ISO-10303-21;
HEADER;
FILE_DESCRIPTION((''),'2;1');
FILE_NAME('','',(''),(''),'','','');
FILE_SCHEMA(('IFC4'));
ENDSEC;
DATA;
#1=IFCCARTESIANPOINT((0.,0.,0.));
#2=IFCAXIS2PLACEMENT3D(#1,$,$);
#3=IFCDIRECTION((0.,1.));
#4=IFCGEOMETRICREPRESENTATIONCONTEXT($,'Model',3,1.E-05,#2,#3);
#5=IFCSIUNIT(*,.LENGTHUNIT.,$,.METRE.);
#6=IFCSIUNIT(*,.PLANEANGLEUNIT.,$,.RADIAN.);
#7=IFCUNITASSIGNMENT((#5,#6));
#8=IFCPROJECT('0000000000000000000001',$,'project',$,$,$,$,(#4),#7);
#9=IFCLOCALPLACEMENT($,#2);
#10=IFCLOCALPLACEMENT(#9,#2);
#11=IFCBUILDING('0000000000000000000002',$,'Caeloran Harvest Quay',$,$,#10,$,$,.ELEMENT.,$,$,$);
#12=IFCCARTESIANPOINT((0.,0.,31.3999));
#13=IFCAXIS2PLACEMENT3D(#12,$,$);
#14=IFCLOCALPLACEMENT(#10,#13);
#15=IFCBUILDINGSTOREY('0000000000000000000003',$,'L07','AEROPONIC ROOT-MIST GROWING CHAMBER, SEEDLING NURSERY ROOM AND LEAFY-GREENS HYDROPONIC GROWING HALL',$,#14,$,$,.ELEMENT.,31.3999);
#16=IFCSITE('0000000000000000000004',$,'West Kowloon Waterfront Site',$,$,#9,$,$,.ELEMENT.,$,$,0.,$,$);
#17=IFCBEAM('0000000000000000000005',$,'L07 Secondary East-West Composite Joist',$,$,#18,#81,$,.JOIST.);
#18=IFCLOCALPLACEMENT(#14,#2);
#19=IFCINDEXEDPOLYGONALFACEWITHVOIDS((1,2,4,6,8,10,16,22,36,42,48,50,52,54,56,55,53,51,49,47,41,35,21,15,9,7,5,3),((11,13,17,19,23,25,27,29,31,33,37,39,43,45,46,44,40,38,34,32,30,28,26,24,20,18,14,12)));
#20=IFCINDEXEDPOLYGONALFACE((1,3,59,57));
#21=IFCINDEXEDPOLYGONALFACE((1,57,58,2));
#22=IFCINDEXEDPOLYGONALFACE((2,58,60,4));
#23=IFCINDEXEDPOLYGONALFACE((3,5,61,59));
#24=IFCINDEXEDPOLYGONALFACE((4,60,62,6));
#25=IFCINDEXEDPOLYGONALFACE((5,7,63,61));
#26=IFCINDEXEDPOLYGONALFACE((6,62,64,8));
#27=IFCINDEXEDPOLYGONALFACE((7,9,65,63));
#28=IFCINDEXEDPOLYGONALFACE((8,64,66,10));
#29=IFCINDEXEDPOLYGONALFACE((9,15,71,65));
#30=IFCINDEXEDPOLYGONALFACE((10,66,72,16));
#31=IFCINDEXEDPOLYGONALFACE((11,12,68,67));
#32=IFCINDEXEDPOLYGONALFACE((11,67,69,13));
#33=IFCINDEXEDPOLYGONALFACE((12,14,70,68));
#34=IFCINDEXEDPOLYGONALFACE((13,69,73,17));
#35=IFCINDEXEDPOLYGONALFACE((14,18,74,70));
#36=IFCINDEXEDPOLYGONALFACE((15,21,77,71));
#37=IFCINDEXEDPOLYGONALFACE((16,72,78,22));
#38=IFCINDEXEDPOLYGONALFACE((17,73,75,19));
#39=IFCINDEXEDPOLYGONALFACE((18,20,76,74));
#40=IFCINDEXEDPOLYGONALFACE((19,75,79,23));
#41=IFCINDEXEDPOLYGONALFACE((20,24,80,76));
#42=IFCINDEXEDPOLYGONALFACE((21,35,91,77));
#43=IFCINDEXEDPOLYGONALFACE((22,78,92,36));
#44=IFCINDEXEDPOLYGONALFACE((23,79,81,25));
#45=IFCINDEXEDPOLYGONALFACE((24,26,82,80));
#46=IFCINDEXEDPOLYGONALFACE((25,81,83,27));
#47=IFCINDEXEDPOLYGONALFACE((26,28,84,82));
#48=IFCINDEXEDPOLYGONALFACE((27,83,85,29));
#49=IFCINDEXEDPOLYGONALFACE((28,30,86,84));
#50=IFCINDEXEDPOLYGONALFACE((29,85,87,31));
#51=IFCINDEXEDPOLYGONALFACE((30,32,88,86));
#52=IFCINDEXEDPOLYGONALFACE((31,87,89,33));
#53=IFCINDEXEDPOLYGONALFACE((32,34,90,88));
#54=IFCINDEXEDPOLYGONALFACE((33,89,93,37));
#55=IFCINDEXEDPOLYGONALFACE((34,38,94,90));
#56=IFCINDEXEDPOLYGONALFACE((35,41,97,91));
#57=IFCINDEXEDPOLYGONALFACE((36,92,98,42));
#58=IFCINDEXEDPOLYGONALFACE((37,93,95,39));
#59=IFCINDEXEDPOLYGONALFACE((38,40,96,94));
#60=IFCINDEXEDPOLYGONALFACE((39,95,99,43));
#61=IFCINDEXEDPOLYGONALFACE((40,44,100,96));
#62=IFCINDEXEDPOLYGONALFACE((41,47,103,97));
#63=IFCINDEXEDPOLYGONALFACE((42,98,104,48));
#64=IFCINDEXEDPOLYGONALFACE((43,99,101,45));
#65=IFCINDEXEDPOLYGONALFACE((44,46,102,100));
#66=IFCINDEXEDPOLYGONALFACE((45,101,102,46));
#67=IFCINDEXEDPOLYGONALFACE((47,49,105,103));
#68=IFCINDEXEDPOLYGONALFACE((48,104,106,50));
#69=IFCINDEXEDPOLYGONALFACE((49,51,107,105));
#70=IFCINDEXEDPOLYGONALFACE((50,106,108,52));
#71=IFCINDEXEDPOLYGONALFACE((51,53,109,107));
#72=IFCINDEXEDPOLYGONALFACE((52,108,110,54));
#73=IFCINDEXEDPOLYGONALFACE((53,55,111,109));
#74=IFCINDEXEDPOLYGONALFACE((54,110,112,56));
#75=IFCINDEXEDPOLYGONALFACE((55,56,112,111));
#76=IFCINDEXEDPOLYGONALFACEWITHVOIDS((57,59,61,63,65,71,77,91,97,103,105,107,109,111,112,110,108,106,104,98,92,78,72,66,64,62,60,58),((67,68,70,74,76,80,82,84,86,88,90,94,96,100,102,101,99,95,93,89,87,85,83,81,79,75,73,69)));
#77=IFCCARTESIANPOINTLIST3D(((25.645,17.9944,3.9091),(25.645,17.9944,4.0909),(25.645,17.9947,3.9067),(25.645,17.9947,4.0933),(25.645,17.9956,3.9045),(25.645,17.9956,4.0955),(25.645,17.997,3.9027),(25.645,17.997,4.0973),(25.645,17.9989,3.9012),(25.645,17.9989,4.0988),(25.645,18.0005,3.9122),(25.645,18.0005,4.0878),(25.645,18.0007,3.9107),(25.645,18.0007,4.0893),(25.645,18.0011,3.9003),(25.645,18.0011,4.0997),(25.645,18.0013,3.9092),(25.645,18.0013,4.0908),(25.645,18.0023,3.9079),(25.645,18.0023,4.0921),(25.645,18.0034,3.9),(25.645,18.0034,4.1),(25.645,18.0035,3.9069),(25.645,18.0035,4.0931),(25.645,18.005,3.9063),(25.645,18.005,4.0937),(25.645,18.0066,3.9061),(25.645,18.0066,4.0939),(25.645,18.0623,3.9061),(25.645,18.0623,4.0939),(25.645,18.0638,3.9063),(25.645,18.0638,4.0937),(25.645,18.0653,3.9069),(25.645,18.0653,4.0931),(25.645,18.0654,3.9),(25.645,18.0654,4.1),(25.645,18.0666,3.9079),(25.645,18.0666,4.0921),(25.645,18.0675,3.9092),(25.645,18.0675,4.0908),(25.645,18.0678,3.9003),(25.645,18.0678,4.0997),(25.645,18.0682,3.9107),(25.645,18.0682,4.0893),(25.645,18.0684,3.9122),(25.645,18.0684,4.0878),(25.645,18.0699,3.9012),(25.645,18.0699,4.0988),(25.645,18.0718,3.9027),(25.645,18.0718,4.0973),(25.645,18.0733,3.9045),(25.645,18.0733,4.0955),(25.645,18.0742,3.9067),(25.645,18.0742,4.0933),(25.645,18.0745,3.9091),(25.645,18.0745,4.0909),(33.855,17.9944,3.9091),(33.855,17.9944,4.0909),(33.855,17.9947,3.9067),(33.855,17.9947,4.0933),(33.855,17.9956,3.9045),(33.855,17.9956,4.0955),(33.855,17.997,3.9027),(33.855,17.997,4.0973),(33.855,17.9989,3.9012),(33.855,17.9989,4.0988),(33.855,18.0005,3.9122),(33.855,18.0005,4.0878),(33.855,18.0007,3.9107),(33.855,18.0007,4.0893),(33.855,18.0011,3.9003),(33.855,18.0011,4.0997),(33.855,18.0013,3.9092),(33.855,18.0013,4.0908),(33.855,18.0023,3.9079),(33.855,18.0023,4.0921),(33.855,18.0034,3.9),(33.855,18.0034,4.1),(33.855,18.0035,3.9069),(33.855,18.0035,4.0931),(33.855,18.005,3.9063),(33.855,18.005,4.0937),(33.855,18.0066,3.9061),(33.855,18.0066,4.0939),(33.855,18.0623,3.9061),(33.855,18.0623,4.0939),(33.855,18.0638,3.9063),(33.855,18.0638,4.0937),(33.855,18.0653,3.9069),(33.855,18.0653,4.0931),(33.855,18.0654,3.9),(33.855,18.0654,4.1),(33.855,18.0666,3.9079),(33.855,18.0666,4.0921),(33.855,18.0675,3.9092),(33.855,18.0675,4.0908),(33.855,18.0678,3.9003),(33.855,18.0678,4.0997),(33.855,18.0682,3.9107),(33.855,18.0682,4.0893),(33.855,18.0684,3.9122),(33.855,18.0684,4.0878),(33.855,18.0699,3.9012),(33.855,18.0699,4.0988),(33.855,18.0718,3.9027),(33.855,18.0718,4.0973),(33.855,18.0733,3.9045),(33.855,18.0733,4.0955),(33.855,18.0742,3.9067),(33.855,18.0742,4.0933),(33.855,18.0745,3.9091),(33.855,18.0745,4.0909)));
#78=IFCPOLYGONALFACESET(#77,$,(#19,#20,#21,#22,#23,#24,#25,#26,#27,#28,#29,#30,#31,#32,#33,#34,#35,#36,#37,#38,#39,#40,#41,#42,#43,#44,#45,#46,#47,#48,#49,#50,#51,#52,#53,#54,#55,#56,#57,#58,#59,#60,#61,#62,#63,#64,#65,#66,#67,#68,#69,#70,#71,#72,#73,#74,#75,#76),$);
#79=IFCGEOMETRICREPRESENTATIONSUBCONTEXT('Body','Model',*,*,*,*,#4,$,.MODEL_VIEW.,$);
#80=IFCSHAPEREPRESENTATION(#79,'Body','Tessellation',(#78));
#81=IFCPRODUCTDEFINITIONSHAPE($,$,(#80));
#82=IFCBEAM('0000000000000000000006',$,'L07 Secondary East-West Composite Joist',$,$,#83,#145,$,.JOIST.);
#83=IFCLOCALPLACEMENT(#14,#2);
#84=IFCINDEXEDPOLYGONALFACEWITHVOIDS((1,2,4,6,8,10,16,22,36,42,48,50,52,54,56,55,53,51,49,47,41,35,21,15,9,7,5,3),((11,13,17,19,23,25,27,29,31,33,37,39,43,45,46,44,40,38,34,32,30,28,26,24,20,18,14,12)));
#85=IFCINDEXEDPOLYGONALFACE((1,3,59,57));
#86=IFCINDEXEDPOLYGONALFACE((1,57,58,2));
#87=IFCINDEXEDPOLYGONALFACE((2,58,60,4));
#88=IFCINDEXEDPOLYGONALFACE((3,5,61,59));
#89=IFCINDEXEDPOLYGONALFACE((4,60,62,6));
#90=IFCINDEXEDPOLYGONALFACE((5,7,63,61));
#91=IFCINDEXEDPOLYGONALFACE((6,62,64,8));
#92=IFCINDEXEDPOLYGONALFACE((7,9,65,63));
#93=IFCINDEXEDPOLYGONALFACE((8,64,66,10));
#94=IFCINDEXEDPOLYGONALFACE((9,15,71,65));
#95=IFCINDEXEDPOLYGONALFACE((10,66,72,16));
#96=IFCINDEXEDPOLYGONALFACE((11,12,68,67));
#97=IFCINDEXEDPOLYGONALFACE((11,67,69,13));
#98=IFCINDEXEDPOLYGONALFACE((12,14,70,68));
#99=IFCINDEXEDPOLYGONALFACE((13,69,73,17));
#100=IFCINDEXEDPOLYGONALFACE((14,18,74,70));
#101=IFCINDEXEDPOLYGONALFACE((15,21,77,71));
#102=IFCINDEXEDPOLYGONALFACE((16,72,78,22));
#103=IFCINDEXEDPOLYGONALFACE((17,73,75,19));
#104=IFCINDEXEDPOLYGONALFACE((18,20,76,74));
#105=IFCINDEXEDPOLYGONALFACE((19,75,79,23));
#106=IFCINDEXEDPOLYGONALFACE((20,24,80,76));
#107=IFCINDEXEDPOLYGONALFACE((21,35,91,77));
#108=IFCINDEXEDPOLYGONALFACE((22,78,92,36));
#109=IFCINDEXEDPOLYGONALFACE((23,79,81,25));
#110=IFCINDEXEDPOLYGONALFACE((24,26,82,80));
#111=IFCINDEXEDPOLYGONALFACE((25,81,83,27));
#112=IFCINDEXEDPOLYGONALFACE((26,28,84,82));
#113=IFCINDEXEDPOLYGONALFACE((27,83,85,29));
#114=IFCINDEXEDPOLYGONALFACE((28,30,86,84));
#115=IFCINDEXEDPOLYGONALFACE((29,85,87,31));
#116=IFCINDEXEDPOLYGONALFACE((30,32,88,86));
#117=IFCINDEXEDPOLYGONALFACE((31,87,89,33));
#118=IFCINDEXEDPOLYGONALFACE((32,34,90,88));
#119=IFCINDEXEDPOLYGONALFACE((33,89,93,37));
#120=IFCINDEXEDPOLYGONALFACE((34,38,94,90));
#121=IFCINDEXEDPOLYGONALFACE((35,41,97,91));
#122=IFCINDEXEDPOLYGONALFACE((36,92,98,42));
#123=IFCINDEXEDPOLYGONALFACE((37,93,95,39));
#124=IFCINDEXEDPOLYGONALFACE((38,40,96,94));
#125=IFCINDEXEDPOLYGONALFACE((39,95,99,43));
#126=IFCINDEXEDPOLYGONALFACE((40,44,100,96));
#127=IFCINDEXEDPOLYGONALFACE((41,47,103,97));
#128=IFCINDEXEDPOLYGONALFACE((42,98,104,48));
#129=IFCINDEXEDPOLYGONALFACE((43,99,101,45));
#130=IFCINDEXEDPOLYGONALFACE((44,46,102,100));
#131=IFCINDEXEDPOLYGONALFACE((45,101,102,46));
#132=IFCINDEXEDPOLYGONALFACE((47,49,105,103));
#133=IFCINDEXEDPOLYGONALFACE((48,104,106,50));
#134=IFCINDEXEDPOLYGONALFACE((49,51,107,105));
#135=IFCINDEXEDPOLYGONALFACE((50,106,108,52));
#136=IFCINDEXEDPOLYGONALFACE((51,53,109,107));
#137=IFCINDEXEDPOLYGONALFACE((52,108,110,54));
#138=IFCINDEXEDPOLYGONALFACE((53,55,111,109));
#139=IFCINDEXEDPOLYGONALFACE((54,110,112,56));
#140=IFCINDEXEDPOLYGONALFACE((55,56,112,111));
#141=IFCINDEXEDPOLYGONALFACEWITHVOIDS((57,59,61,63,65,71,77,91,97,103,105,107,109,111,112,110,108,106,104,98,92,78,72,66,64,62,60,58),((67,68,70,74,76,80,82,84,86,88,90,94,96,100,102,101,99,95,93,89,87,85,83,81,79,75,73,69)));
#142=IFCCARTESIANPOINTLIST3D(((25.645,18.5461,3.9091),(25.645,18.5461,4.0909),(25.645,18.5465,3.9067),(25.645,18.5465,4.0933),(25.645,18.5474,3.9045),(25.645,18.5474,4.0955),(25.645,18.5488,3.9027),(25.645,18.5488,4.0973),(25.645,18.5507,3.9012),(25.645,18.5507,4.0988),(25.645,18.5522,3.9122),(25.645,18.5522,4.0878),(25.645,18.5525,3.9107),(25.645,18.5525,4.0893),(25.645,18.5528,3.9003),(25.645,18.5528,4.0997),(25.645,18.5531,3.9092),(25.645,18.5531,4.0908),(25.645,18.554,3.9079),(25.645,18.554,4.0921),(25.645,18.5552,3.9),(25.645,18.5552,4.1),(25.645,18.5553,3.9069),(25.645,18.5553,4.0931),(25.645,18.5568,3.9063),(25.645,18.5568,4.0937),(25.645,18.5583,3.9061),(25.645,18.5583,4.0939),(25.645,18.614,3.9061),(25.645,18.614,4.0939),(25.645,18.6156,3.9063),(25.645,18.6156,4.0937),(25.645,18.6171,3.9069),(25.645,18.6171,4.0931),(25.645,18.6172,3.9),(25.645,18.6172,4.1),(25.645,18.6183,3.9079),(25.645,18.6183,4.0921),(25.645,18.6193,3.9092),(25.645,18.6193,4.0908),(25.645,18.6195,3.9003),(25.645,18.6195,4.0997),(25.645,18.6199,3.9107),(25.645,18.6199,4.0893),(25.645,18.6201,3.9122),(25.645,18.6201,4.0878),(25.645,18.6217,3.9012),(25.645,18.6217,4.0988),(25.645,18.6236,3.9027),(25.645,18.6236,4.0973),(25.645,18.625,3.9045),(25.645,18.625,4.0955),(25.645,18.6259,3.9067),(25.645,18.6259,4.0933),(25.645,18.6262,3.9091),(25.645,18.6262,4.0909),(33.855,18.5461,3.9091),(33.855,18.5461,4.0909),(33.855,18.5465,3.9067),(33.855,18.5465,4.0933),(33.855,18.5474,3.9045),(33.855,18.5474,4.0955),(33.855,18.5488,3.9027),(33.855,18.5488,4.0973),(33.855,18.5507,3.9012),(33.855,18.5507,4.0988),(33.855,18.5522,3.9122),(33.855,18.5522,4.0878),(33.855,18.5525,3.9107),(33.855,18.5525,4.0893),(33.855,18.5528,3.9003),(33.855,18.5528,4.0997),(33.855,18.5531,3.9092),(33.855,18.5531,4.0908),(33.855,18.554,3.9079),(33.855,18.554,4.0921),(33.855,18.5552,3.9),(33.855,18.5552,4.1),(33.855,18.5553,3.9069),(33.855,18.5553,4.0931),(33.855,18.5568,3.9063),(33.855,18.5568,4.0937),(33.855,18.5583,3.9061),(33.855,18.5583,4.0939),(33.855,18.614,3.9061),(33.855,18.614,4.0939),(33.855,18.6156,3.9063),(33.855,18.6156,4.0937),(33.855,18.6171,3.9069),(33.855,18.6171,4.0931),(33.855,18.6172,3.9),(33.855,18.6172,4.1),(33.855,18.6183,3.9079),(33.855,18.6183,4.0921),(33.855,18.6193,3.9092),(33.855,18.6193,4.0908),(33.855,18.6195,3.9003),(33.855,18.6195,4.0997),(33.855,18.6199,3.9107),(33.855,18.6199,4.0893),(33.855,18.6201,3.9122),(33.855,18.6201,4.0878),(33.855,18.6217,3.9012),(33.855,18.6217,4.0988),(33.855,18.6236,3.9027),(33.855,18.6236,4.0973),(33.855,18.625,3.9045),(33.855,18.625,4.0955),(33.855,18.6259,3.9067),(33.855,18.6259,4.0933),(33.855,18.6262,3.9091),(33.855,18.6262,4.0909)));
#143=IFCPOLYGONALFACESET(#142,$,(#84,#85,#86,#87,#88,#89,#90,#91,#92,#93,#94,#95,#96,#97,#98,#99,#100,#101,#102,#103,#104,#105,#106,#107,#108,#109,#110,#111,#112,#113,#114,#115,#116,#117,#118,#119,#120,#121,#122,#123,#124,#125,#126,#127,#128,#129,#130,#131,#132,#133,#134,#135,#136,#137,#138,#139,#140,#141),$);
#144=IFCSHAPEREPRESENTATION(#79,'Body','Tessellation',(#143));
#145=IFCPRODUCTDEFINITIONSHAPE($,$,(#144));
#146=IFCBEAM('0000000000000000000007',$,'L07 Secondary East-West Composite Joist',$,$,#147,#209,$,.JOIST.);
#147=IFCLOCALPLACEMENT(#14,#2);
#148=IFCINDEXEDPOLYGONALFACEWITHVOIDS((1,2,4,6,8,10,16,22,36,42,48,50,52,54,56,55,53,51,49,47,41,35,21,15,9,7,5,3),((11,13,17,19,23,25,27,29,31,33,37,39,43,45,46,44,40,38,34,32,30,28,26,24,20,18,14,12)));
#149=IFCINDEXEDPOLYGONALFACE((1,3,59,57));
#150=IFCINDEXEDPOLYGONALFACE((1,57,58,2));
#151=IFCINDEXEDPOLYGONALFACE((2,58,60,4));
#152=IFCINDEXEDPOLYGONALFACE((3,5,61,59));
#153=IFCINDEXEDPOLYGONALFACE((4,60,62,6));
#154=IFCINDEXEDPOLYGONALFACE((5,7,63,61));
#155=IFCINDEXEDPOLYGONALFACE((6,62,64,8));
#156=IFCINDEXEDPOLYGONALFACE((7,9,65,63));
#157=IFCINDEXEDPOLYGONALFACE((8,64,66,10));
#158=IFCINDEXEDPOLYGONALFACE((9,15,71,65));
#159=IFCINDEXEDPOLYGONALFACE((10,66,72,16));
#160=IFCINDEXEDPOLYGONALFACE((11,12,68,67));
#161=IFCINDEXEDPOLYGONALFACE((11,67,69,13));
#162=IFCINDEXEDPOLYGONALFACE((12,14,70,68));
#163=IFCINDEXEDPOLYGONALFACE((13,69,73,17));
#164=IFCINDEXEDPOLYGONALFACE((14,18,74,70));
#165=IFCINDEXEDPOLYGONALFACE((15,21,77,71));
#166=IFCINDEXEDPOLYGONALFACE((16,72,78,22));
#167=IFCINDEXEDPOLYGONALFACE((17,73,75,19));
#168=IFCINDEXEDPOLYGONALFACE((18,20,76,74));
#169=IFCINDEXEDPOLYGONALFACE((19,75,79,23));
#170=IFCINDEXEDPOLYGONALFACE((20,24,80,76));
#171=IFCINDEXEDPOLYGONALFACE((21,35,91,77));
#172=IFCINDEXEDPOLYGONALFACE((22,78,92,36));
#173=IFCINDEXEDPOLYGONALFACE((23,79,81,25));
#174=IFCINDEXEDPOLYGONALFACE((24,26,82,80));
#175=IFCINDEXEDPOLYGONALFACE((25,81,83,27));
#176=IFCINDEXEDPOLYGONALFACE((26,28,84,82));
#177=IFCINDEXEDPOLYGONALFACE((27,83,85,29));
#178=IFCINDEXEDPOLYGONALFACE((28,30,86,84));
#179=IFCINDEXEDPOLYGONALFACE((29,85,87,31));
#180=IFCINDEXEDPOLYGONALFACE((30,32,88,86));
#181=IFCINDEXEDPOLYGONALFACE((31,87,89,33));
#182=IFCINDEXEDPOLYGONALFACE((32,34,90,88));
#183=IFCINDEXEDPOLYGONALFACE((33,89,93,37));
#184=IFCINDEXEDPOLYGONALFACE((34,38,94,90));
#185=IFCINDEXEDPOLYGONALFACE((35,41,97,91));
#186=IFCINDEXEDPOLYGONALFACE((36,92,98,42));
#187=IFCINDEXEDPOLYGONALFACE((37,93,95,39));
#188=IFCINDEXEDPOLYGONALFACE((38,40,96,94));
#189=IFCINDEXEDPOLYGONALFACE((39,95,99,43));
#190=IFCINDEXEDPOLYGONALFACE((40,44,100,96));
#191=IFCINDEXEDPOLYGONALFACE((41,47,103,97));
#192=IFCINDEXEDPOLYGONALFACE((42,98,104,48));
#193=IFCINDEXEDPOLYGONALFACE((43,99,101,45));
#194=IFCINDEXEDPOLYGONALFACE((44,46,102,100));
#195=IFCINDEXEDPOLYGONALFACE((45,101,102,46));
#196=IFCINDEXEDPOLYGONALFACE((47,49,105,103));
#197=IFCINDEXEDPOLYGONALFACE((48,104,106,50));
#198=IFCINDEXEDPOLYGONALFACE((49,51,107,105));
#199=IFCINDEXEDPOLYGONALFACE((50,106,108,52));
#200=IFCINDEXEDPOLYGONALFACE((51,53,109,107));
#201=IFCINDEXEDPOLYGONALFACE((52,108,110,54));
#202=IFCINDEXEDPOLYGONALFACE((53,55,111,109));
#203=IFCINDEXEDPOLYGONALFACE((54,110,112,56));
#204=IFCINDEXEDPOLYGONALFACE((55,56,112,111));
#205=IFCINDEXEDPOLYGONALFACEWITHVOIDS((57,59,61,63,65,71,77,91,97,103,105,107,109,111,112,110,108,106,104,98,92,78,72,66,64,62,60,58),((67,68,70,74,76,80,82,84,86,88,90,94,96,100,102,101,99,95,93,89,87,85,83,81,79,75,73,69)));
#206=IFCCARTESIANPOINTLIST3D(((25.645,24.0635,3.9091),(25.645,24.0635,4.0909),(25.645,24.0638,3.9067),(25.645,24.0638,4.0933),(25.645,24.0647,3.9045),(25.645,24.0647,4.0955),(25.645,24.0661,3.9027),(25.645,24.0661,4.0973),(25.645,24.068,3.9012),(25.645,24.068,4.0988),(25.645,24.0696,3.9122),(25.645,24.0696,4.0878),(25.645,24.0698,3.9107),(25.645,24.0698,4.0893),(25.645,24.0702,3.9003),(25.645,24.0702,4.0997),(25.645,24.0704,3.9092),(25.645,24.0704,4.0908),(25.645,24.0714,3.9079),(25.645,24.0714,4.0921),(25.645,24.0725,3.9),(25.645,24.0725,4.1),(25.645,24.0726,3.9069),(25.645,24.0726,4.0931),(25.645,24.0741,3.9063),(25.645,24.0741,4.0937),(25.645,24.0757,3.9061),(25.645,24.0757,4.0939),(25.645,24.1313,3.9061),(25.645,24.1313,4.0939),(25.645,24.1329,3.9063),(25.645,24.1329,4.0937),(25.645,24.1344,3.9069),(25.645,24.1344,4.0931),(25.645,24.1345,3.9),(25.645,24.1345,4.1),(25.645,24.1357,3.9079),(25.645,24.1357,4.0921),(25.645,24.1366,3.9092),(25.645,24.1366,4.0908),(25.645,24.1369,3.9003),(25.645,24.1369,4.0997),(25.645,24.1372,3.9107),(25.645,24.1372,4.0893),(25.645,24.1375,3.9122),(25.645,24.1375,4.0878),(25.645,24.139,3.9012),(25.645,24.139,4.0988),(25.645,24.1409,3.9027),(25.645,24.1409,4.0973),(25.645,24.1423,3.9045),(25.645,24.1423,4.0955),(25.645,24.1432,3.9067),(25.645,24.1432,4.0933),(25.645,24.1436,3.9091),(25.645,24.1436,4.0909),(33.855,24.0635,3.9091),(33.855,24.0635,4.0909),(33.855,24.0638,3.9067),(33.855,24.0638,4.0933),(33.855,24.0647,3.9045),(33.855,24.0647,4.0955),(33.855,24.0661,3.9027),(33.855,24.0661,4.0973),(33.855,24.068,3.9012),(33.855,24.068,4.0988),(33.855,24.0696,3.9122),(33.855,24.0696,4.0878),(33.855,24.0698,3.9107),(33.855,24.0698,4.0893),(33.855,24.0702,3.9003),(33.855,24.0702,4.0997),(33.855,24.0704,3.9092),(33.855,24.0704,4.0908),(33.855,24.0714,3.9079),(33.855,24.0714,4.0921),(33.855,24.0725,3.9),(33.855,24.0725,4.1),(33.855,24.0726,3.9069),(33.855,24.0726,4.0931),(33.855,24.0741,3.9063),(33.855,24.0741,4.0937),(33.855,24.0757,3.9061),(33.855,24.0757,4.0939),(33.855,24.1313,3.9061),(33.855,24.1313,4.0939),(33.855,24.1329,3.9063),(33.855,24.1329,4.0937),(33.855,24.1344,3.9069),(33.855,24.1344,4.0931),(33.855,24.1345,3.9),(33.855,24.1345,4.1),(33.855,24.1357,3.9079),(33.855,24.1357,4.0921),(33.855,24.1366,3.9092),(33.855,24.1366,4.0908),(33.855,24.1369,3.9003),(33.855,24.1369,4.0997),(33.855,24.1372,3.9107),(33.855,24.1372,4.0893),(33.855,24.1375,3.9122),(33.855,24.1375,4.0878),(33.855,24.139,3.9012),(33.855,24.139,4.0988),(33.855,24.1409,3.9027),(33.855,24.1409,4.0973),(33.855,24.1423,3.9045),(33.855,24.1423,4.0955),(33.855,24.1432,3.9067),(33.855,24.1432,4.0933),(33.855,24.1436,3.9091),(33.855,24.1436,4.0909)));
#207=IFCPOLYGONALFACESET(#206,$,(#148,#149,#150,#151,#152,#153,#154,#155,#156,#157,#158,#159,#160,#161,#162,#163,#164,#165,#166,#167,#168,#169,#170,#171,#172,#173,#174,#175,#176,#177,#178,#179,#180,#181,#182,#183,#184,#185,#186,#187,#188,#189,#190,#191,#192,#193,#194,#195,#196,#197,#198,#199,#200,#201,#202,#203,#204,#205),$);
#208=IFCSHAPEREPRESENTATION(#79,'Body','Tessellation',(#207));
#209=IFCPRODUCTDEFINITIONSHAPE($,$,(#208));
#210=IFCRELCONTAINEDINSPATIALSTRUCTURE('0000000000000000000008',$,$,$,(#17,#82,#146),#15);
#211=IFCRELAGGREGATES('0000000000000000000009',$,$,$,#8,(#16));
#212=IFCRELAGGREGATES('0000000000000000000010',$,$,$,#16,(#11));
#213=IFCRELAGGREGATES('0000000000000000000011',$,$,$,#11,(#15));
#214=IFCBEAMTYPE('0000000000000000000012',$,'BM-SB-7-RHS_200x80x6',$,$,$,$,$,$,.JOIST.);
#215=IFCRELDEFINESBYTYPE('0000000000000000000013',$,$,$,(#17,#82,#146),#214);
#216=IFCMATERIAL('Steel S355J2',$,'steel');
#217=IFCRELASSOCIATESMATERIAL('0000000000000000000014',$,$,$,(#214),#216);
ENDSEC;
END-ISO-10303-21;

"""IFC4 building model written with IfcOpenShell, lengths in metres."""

from ifc_helpers import new_model, si_unit, direction, frame, origin, origin_2d, place, context, subcontext, project, spatial, hollow_rectangle, extrude, material, material_profile, profile_set, type_object, element, save


model = new_model("IFC4")

# Units and contexts
model_context = context("Model", 3, precision=1e-05, world=origin(), true_north=direction((0.0, 1.0)))
body_context = subcontext(model_context, "Body", "Model", "MODEL_VIEW")
ifc_project = project(units=[si_unit("LENGTHUNIT", "METRE"), si_unit("PLANEANGLEUNIT", "RADIAN")], contexts=[model_context])

# Site, building, storey
site_placement = place(None, origin())
site = spatial("IfcSite", under=ifc_project, at=site_placement, Name="West Kowloon Waterfront Site", CompositionType="ELEMENT", RefElevation=0.0)
building_placement = place(site_placement, origin())
building = spatial("IfcBuilding", under=site, at=building_placement, Name="Caeloran Harvest Quay", CompositionType="ELEMENT")
storey_placement = place(building_placement, frame((0.0, 0.0, 31.3999)))
storey = spatial("IfcBuildingStorey", under=building, at=storey_placement, Name="L07", Description="AEROPONIC ROOT-MIST GROWING CHAMBER, SEEDLING NURSERY ROOM AND LEAFY-GREENS HYDROPONIC GROWING HALL", CompositionType="ELEMENT", Elevation=31.3999)

# Beams
ifc_material_1 = material(Name="Steel S355J2", Category="steel")
ifc_material_profile_1 = material_profile(ifc_material_1, hollow_rectangle(XDim=0.0801, YDim=0.2, WallThickness=0.0061, InnerFilletRadius=0.0061, OuterFilletRadius=0.009, at=origin_2d()), Name="RHS 200x80x6")
ifc_profile_set_1 = profile_set([ifc_material_profile_1], Name="Steel S355J2")
beam_type_1 = type_object("IfcBeamType", Name="BM-SB-7-RHS_200x80x6", PredefinedType="JOIST", material=ifc_profile_set_1)
for number, where, z_axis, x_axis, name in (
    (1, (25.645, 18.0344, 4.0), (1.0, 0.0, 0.0), (0.0, 1.0, 0.0), "L07 Secondary East-West Composite Joist"),
    (2, (25.645, 18.5862, 4.0), (1.0, 0.0, 0.0), (0.0, 1.0, 0.0), "L07 Secondary East-West Composite Joist"),
    (3, (25.645, 24.1035, 4.0), (1.0, 0.0, 0.0), (0.0, 1.0, 0.0), "L07 Secondary East-West Composite Joist"),
):
    element("IfcBeam", number, at=place(storey_placement, frame(where, z_axis=z_axis, x_axis=x_axis)), inside=storey, type_object=beam_type_1, Name=name, PredefinedType="JOIST", context=body_context, shape_type="SweptSolid", body=[
        extrude(hollow_rectangle(XDim=0.0801, YDim=0.2, WallThickness=0.0061, InnerFilletRadius=0.0061, OuterFilletRadius=0.009, at=origin_2d()), origin(), (0.0, 0.0, 1.0), 8.21),
    ])

save(model, "model.ifc")
